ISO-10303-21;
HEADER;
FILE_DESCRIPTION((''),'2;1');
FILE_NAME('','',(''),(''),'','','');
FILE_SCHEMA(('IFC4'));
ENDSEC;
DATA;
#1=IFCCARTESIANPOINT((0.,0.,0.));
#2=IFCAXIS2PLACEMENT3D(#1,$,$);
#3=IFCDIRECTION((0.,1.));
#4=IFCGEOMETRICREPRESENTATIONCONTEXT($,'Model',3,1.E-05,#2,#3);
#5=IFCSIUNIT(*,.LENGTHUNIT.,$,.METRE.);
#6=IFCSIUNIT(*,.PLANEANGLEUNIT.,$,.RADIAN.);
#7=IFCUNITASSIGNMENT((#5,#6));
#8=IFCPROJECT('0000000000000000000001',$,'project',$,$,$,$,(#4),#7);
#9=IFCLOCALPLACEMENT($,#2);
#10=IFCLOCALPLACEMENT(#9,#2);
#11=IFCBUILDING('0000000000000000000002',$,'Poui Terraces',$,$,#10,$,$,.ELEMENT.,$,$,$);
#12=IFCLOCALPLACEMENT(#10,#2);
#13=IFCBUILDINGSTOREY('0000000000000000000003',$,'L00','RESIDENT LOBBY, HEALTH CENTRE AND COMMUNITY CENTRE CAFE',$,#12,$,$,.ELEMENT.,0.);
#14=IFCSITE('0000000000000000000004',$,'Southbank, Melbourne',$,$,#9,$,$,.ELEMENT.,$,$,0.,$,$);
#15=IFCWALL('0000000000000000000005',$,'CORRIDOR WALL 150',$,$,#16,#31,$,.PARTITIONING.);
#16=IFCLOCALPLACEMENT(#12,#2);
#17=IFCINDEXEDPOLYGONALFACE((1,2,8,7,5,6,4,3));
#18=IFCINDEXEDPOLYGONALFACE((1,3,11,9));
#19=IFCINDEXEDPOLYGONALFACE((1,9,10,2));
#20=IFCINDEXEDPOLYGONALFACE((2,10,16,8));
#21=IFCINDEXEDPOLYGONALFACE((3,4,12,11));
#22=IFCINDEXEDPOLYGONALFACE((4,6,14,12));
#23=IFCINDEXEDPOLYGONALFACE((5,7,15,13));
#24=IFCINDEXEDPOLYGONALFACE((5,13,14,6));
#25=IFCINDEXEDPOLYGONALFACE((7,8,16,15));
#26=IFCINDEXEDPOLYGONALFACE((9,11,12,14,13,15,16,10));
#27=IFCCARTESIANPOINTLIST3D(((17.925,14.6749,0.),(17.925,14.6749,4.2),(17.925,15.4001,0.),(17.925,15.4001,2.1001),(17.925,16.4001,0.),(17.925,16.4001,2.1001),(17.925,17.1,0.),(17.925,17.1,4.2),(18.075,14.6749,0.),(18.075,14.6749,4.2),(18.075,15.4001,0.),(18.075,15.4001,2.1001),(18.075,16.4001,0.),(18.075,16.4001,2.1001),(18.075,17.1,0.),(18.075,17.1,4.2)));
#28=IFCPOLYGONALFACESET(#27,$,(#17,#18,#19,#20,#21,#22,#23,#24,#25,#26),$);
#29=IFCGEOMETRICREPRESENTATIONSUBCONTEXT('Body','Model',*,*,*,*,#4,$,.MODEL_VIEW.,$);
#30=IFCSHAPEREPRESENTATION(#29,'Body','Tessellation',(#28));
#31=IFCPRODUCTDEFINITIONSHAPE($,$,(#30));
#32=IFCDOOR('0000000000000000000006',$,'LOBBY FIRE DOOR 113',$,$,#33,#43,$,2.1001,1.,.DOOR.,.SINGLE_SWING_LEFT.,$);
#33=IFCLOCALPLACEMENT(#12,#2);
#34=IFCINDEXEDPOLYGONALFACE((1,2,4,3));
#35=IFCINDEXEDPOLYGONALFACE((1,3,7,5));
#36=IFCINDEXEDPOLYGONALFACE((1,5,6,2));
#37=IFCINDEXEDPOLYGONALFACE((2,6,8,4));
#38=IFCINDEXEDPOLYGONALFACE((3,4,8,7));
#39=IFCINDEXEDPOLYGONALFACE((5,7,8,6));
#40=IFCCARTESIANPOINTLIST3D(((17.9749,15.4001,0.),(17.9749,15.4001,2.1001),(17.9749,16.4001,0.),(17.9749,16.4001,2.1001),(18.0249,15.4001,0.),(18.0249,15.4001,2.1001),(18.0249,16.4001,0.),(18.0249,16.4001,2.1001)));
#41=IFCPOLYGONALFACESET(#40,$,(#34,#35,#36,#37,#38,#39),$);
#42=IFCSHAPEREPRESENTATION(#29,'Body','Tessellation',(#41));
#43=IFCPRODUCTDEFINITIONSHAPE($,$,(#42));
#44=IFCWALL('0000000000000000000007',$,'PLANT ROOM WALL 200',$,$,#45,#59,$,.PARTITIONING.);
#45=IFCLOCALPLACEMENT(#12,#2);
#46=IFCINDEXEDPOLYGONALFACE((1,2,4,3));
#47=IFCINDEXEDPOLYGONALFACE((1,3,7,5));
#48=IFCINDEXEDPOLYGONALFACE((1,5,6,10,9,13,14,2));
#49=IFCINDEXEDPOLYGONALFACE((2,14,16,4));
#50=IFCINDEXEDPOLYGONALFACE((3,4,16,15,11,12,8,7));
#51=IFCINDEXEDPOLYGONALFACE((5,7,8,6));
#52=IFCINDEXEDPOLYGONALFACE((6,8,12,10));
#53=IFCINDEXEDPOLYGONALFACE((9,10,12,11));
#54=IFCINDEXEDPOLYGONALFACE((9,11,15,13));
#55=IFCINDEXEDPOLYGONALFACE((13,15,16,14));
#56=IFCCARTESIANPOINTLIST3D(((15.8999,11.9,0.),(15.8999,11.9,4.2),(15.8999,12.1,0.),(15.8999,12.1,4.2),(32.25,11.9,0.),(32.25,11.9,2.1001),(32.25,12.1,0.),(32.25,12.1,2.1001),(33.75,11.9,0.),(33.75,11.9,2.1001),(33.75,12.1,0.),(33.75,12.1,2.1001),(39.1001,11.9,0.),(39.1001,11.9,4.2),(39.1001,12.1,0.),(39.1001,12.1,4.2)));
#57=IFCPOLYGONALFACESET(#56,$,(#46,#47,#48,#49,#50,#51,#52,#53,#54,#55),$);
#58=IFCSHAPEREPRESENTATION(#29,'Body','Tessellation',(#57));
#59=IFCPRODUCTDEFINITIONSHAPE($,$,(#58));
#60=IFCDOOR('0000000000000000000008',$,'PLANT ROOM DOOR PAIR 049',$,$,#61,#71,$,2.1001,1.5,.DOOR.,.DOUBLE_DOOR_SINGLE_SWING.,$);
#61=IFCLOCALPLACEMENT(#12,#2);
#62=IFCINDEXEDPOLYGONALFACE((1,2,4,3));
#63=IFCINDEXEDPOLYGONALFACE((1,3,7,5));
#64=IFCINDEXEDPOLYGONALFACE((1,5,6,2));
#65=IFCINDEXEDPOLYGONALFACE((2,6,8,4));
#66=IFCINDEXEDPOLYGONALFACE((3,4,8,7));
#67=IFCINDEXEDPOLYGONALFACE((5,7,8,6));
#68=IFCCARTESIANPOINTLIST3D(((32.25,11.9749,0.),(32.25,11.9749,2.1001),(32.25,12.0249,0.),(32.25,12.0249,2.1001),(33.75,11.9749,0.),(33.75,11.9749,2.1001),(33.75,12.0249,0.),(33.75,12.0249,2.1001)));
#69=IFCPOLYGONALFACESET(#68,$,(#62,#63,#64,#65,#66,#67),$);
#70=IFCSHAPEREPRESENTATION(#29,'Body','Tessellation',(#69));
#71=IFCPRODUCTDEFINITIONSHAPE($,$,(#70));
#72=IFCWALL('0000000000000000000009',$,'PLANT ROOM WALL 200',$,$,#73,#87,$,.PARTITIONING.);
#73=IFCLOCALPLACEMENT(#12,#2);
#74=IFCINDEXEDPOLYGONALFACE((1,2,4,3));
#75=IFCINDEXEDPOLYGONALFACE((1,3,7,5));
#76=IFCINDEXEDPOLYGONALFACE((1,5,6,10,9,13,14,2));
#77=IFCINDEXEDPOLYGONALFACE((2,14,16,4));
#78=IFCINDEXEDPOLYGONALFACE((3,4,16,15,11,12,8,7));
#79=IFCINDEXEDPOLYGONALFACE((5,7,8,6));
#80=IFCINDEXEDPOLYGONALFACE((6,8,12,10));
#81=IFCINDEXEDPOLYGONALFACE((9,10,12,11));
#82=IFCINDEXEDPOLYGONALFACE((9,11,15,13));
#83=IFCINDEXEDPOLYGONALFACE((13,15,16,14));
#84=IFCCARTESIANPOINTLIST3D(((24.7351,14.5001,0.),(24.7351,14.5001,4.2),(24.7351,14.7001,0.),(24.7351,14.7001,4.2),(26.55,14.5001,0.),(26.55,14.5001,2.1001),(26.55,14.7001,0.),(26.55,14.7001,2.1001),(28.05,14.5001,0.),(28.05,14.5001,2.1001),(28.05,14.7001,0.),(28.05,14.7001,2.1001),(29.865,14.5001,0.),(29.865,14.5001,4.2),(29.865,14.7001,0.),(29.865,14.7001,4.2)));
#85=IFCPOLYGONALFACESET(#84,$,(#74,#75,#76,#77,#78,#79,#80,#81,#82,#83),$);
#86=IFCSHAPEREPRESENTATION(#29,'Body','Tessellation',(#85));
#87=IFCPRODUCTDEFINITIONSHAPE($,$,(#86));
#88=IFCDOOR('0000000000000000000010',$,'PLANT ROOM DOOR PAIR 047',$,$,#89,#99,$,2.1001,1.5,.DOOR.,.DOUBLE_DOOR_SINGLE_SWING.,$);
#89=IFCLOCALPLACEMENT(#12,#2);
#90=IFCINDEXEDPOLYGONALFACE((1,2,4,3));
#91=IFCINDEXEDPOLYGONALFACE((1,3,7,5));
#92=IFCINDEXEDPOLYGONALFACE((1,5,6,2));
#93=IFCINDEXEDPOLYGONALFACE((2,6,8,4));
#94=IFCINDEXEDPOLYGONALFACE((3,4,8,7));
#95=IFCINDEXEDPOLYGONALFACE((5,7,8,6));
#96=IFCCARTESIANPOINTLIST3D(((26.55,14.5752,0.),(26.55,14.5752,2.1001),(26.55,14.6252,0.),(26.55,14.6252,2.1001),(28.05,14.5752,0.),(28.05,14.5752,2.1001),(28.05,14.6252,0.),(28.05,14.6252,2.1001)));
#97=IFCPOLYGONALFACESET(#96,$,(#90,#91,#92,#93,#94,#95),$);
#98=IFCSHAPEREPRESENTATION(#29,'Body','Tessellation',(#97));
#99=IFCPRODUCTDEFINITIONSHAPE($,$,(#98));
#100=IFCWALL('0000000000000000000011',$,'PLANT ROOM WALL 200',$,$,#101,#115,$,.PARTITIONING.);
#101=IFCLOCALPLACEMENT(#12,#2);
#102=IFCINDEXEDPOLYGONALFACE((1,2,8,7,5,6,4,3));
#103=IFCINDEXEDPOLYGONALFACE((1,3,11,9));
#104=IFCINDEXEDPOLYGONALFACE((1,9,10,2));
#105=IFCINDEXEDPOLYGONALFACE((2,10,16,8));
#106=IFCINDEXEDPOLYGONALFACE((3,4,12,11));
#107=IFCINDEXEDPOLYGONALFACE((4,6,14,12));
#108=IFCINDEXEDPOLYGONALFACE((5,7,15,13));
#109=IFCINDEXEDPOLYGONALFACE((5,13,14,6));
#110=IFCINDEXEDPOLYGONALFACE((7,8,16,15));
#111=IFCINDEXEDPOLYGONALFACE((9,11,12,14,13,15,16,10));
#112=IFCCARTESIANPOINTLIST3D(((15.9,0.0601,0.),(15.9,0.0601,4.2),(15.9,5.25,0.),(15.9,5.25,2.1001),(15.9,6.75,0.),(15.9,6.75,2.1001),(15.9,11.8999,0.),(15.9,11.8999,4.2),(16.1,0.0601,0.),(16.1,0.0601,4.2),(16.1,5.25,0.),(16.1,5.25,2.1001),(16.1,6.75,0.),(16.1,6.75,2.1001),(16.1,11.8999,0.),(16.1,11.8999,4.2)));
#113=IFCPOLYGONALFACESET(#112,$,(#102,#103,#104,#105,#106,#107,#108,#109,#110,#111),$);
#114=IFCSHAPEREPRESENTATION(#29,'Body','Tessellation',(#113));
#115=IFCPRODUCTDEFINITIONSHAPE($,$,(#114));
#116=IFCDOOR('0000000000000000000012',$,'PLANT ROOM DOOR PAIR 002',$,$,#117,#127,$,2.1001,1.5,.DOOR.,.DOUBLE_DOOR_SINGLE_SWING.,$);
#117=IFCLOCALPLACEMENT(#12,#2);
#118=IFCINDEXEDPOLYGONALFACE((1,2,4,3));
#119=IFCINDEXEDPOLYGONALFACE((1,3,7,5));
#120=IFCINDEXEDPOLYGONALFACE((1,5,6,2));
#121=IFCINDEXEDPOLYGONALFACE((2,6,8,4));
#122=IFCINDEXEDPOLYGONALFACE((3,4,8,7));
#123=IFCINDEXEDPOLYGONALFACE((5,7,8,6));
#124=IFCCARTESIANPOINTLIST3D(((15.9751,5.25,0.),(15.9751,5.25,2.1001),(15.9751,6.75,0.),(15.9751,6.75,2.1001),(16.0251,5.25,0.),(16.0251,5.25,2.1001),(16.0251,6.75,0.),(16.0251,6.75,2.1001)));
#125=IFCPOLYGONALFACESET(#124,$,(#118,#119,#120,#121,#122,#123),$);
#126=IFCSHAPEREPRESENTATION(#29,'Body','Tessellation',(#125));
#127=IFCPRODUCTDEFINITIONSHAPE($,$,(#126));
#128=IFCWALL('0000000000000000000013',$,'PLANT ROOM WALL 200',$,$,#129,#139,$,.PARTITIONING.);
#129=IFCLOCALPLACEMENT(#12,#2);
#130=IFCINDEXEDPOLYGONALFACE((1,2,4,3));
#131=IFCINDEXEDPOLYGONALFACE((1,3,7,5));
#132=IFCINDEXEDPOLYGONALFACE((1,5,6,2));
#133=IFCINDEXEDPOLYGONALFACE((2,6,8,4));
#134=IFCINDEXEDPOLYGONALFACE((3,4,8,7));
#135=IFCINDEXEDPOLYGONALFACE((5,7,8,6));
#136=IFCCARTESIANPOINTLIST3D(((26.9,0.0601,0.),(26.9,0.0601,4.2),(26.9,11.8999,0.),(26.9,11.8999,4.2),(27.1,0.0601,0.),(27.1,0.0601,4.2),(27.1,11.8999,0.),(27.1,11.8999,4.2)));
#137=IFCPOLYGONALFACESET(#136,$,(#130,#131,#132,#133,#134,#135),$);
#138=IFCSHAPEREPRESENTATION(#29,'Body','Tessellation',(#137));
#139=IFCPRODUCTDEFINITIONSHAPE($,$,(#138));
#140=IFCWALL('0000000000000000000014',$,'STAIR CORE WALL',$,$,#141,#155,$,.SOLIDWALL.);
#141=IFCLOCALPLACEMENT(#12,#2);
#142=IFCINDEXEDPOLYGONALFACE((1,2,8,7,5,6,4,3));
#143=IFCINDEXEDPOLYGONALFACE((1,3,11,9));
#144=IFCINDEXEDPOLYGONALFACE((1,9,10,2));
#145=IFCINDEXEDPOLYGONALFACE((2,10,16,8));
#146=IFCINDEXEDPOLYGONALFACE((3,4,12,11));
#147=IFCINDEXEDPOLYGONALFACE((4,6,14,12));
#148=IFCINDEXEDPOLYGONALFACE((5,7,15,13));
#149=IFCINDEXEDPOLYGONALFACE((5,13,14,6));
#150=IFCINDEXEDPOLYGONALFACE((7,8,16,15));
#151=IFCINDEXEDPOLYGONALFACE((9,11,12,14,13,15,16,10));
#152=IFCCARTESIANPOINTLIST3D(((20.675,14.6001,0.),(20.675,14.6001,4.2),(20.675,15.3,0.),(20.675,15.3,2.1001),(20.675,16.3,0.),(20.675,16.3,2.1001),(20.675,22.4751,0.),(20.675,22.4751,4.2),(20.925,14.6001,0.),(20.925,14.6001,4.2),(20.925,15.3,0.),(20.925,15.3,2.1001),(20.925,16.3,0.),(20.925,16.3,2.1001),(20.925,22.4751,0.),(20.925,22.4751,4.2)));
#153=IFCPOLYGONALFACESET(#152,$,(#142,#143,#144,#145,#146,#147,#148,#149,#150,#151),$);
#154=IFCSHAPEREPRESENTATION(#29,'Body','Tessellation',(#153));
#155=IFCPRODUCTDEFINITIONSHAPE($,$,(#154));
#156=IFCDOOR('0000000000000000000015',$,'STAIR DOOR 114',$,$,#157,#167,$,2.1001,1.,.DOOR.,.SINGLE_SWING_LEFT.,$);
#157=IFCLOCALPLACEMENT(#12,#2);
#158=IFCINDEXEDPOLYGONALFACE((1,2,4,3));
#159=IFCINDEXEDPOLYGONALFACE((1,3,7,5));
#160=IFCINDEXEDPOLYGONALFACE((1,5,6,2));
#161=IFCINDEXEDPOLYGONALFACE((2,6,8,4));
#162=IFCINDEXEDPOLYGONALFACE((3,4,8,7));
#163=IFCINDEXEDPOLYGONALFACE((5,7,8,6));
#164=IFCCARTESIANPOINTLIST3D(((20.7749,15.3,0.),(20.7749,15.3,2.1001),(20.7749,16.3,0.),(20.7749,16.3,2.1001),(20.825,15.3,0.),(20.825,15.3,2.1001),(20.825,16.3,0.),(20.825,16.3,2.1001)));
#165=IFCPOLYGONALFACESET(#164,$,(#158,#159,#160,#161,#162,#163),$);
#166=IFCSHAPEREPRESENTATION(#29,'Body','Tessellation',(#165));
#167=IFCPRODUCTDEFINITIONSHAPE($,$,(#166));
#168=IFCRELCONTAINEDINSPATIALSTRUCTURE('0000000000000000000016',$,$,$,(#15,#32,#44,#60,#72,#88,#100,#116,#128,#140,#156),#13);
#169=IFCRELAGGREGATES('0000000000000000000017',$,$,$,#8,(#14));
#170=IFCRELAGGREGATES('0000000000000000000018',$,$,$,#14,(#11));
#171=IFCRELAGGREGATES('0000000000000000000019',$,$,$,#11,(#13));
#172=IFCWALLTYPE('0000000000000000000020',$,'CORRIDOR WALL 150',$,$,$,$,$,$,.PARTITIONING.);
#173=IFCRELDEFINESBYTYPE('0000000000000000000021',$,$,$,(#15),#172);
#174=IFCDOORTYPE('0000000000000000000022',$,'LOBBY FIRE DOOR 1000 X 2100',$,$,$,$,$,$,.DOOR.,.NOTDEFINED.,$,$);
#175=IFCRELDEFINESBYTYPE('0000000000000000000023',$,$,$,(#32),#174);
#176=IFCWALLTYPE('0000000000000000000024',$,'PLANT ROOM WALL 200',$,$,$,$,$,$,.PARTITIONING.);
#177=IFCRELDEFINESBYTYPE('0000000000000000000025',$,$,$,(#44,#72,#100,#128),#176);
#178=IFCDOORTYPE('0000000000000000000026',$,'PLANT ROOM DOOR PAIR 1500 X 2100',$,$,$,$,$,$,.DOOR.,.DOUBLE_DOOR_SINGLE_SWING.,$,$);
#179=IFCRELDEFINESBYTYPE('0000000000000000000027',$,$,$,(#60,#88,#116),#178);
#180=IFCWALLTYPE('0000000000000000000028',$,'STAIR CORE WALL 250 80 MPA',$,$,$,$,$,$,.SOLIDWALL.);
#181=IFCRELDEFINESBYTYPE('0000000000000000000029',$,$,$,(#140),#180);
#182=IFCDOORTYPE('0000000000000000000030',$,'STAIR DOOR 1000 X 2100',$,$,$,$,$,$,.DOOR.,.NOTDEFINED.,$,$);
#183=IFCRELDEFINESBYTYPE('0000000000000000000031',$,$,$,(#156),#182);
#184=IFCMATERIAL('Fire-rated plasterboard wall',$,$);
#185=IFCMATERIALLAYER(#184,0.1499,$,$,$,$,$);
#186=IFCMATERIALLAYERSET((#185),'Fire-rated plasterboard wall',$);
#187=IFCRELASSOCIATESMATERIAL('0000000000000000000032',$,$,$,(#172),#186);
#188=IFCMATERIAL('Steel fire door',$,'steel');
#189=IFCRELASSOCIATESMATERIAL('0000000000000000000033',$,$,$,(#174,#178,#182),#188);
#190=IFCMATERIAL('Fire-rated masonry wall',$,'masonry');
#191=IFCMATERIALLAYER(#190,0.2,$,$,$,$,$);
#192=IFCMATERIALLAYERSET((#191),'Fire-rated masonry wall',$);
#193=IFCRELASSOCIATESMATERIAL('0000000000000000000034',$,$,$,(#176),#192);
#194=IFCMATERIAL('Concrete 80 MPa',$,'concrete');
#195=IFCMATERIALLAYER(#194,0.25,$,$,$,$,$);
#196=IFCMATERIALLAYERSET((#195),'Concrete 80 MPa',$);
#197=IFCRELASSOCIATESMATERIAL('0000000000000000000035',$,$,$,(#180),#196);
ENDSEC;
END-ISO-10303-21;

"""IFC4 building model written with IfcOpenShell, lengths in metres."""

from ifc_helpers import new_model, si_unit, direction, frame, frame_2d, origin, place, context, subcontext, project, spatial, rectangle, extrude, material, layer, layer_set, type_object, element, fill, save


model = new_model("IFC4")

# Units and contexts
model_context = context("Model", 3, precision=1e-05, world=origin(), true_north=direction((0.0, 1.0)))
body_context = subcontext(model_context, "Body", "Model", "MODEL_VIEW")
ifc_project = project(units=[si_unit("LENGTHUNIT", "METRE"), si_unit("PLANEANGLEUNIT", "RADIAN")], contexts=[model_context])

# Site, building, storey
site_placement = place(None, origin())
site = spatial("IfcSite", under=ifc_project, at=site_placement, Name="Southbank, Melbourne", CompositionType="ELEMENT", RefElevation=0.0)
building_placement = place(site_placement, origin())
building = spatial("IfcBuilding", under=site, at=building_placement, Name="Poui Terraces", CompositionType="ELEMENT")
storey_placement = place(building_placement, origin())
storey = spatial("IfcBuildingStorey", under=building, at=storey_placement, Name="L00", Description="RESIDENT LOBBY, HEALTH CENTRE AND COMMUNITY CENTRE CAFE", CompositionType="ELEMENT", Elevation=0.0)

# Shared definitions
ifc_material_1 = material(Name="Concrete 80 MPa", Category="concrete")

# Walls, openings, doors
ifc_material_2 = material(Name="Fire-rated plasterboard wall")
ifc_layer_1 = layer(ifc_material_2, 0.1499)
ifc_layer_set_1 = layer_set([ifc_layer_1], Name="Fire-rated plasterboard wall")
wall_type_1 = type_object("IfcWallType", Name="CORRIDOR WALL 150", PredefinedType="PARTITIONING", material=ifc_layer_set_1)
wall_1_placement = place(storey_placement, frame((18.0, 14.675, 0.0), z_axis=(0.0, 0.0, 1.0), x_axis=(0.0, 1.0, 0.0)))
wall_1 = element("IfcWall", 1, at=wall_1_placement, inside=storey, type_object=wall_type_1, Name="CORRIDOR WALL 150", PredefinedType="PARTITIONING", context=body_context, shape_type="SweptSolid", body=[
    extrude(rectangle(XDim=2.425, YDim=0.1499, at=frame_2d((1.2124, 0.0))), origin(), (0.0, 0.0, 1.0), 4.2),
])
opening_1_placement = place(wall_1_placement, frame((0.7251, 0.0, 0.0)))
opening_1 = element("IfcOpeningElement", 2, at=opening_1_placement, cuts=wall_1, PredefinedType="OPENING", context=body_context, shape_type="SweptSolid", body=[
    extrude(rectangle(XDim=1.0, YDim=2.1001, at=frame_2d((0.5, 1.05))), frame((0.0, 0.085, 0.0), z_axis=(0.0, -1.0, 0.0), x_axis=(1.0, 0.0, 0.0)), (0.0, 0.0, 1.0), 0.1699),
])
ifc_material_3 = material(Name="Steel fire door", Category="steel")
door_type_1 = type_object("IfcDoorType", Name="LOBBY FIRE DOOR 1000 X 2100", OperationType="NOTDEFINED", PredefinedType="DOOR", material=ifc_material_3)
door_1_placement = place(opening_1_placement, frame((1.0, 0.0, 0.0), z_axis=(0.0, 0.0, 1.0), x_axis=(-1.0, 0.0, 0.0)))
door_1 = element("IfcDoor", 3, at=door_1_placement, inside=storey, type_object=door_type_1, Name="LOBBY FIRE DOOR 113", OperationType="SINGLE_SWING_LEFT", OverallHeight=2.1001, OverallWidth=1.0, PredefinedType="DOOR", context=body_context, shape_type="SweptSolid", body=[
    extrude(rectangle(XDim=1.0, YDim=2.1001, at=frame_2d((0.5, 1.05))), frame((0.0, 0.0249, 0.0), z_axis=(0.0, -1.0, 0.0), x_axis=(1.0, 0.0, 0.0)), (0.0, 0.0, 1.0), 0.05),
])
fill(opening_1, door_1)
ifc_material_4 = material(Name="Fire-rated masonry wall", Category="masonry")
ifc_layer_2 = layer(ifc_material_4, 0.2)
ifc_layer_set_2 = layer_set([ifc_layer_2], Name="Fire-rated masonry wall")
wall_type_2 = type_object("IfcWallType", Name="PLANT ROOM WALL 200", PredefinedType="PARTITIONING", material=ifc_layer_set_2)
wall_2_placement = place(storey_placement, frame((15.8999, 12.0, 0.0), z_axis=(0.0, 0.0, 1.0), x_axis=(1.0, 0.0, 0.0)))
wall_2 = element("IfcWall", 4, at=wall_2_placement, inside=storey, type_object=wall_type_2, Name="PLANT ROOM WALL 200", PredefinedType="PARTITIONING", context=body_context, shape_type="SweptSolid", body=[
    extrude(rectangle(XDim=23.2002, YDim=0.2, at=frame_2d((11.6001, 0.0))), origin(), (0.0, 0.0, 1.0), 4.2),
])
opening_2_placement = place(wall_2_placement, frame((16.3501, 0.0, 0.0)))
opening_2 = element("IfcOpeningElement", 5, at=opening_2_placement, cuts=wall_2, PredefinedType="OPENING", context=body_context, shape_type="SweptSolid", body=[
    extrude(rectangle(XDim=1.5, YDim=2.1001, at=frame_2d((0.75, 1.05))), frame((0.0, 0.1099, 0.0), z_axis=(0.0, -1.0, 0.0), x_axis=(1.0, 0.0, 0.0)), (0.0, 0.0, 1.0), 0.22),
])
door_type_2 = type_object("IfcDoorType", Name="PLANT ROOM DOOR PAIR 1500 X 2100", OperationType="DOUBLE_DOOR_SINGLE_SWING", PredefinedType="DOOR", material=ifc_material_3)
door_2_placement = place(opening_2_placement, origin())
door_2 = element("IfcDoor", 6, at=door_2_placement, inside=storey, type_object=door_type_2, Name="PLANT ROOM DOOR PAIR 049", OperationType="DOUBLE_DOOR_SINGLE_SWING", OverallHeight=2.1001, OverallWidth=1.5, PredefinedType="DOOR", context=body_context, shape_type="SweptSolid", body=[
    extrude(rectangle(XDim=1.5, YDim=2.1001, at=frame_2d((0.75, 1.05))), frame((0.0, 0.0249, 0.0), z_axis=(0.0, -1.0, 0.0), x_axis=(1.0, 0.0, 0.0)), (0.0, 0.0, 1.0), 0.05),
])
fill(opening_2, door_2)
wall_3_placement = place(storey_placement, frame((24.7351, 14.6001, 0.0), z_axis=(0.0, 0.0, 1.0), x_axis=(1.0, 0.0, 0.0)))
wall_3 = element("IfcWall", 7, at=wall_3_placement, inside=storey, type_object=wall_type_2, Name="PLANT ROOM WALL 200", PredefinedType="PARTITIONING", context=body_context, shape_type="SweptSolid", body=[
    extrude(rectangle(XDim=5.1299, YDim=0.2, at=frame_2d((2.5649, 0.0))), origin(), (0.0, 0.0, 1.0), 4.2),
])
opening_3_placement = place(wall_3_placement, frame((1.8149, 0.0, 0.0)))
opening_3 = element("IfcOpeningElement", 8, at=opening_3_placement, cuts=wall_3, PredefinedType="OPENING", context=body_context, shape_type="SweptSolid", body=[
    extrude(rectangle(XDim=1.5, YDim=2.1001, at=frame_2d((0.75, 1.05))), frame((0.0, 0.1099, 0.0), z_axis=(0.0, -1.0, 0.0), x_axis=(1.0, 0.0, 0.0)), (0.0, 0.0, 1.0), 0.22),
])
door_3_placement = place(opening_3_placement, frame((1.5, 0.0, 0.0), z_axis=(0.0, 0.0, 1.0), x_axis=(-1.0, 0.0, 0.0)))
door_3 = element("IfcDoor", 9, at=door_3_placement, inside=storey, type_object=door_type_2, Name="PLANT ROOM DOOR PAIR 047", OperationType="DOUBLE_DOOR_SINGLE_SWING", OverallHeight=2.1001, OverallWidth=1.5, PredefinedType="DOOR", context=body_context, shape_type="SweptSolid", body=[
    extrude(rectangle(XDim=1.5, YDim=2.1001, at=frame_2d((0.75, 1.05))), frame((0.0, 0.0249, 0.0), z_axis=(0.0, -1.0, 0.0), x_axis=(1.0, 0.0, 0.0)), (0.0, 0.0, 1.0), 0.05),
])
fill(opening_3, door_3)
wall_4_placement = place(storey_placement, frame((16.0, 0.0601, 0.0), z_axis=(0.0, 0.0, 1.0), x_axis=(0.0, 1.0, 0.0)))
wall_4 = element("IfcWall", 10, at=wall_4_placement, inside=storey, type_object=wall_type_2, Name="PLANT ROOM WALL 200", PredefinedType="PARTITIONING", context=body_context, shape_type="SweptSolid", body=[
    extrude(rectangle(XDim=11.8398, YDim=0.2, at=frame_2d((5.9199, 0.0))), origin(), (0.0, 0.0, 1.0), 4.2),
])
opening_4_placement = place(wall_4_placement, frame((5.1899, 0.0, 0.0)))
opening_4 = element("IfcOpeningElement", 11, at=opening_4_placement, cuts=wall_4, PredefinedType="OPENING", context=body_context, shape_type="SweptSolid", body=[
    extrude(rectangle(XDim=1.5, YDim=2.1001, at=frame_2d((0.75, 1.05))), frame((0.0, 0.1099, 0.0), z_axis=(0.0, -1.0, 0.0), x_axis=(1.0, 0.0, 0.0)), (0.0, 0.0, 1.0), 0.22),
])
door_4_placement = place(opening_4_placement, origin())
door_4 = element("IfcDoor", 12, at=door_4_placement, inside=storey, type_object=door_type_2, Name="PLANT ROOM DOOR PAIR 002", OperationType="DOUBLE_DOOR_SINGLE_SWING", OverallHeight=2.1001, OverallWidth=1.5, PredefinedType="DOOR", context=body_context, shape_type="SweptSolid", body=[
    extrude(rectangle(XDim=1.5, YDim=2.1001, at=frame_2d((0.75, 1.05))), frame((0.0, 0.0249, 0.0), z_axis=(0.0, -1.0, 0.0), x_axis=(1.0, 0.0, 0.0)), (0.0, 0.0, 1.0), 0.05),
])
fill(opening_4, door_4)

# Wall
wall_5_placement = place(storey_placement, frame((27.0, 0.0601, 0.0), z_axis=(0.0, 0.0, 1.0), x_axis=(0.0, 1.0, 0.0)))
element("IfcWall", 13, at=wall_5_placement, inside=storey, type_object=wall_type_2, Name="PLANT ROOM WALL 200", PredefinedType="PARTITIONING", context=body_context, shape_type="SweptSolid", body=[
    extrude(rectangle(XDim=11.8398, YDim=0.2, at=frame_2d((5.9199, 0.0))), origin(), (0.0, 0.0, 1.0), 4.2),
])

# Wall, opening, door
ifc_layer_3 = layer(ifc_material_1, 0.25)
ifc_layer_set_3 = layer_set([ifc_layer_3], Name="Concrete 80 MPa")
wall_type_3 = type_object("IfcWallType", Name="STAIR CORE WALL 250 80 MPA", PredefinedType="SOLIDWALL", material=ifc_layer_set_3)
wall_6_placement = place(storey_placement, frame((20.8, 14.6001, 0.0), z_axis=(0.0, 0.0, 1.0), x_axis=(0.0, 1.0, 0.0)))
wall_6 = element("IfcWall", 14, at=wall_6_placement, inside=storey, type_object=wall_type_3, Name="STAIR CORE WALL", PredefinedType="SOLIDWALL", context=body_context, shape_type="SweptSolid", body=[
    extrude(rectangle(XDim=7.875, YDim=0.25, at=frame_2d((3.9375, 0.0))), origin(), (0.0, 0.0, 1.0), 4.2),
])
opening_5_placement = place(wall_6_placement, frame((0.7, 0.0, 0.0)))
opening_5 = element("IfcOpeningElement", 15, at=opening_5_placement, cuts=wall_6, PredefinedType="OPENING", context=body_context, shape_type="SweptSolid", body=[
    extrude(rectangle(XDim=1.0, YDim=2.1001, at=frame_2d((0.5, 1.05))), frame((0.0, 0.135, 0.0), z_axis=(0.0, -1.0, 0.0), x_axis=(1.0, 0.0, 0.0)), (0.0, 0.0, 1.0), 0.27),
])
door_type_3 = type_object("IfcDoorType", Name="STAIR DOOR 1000 X 2100", OperationType="NOTDEFINED", PredefinedType="DOOR", material=ifc_material_3)
door_5_placement = place(opening_5_placement, frame((1.0, 0.0, 0.0), z_axis=(0.0, 0.0, 1.0), x_axis=(-1.0, 0.0, 0.0)))
door_5 = element("IfcDoor", 16, at=door_5_placement, inside=storey, type_object=door_type_3, Name="STAIR DOOR 114", OperationType="SINGLE_SWING_LEFT", OverallHeight=2.1001, OverallWidth=1.0, PredefinedType="DOOR", context=body_context, shape_type="SweptSolid", body=[
    extrude(rectangle(XDim=1.0, YDim=2.1001, at=frame_2d((0.5, 1.05))), frame((0.0, 0.0249, 0.0), z_axis=(0.0, -1.0, 0.0), x_axis=(1.0, 0.0, 0.0)), (0.0, 0.0, 1.0), 0.05),
])
fill(opening_5, door_5)

save(model, "model.ifc")
